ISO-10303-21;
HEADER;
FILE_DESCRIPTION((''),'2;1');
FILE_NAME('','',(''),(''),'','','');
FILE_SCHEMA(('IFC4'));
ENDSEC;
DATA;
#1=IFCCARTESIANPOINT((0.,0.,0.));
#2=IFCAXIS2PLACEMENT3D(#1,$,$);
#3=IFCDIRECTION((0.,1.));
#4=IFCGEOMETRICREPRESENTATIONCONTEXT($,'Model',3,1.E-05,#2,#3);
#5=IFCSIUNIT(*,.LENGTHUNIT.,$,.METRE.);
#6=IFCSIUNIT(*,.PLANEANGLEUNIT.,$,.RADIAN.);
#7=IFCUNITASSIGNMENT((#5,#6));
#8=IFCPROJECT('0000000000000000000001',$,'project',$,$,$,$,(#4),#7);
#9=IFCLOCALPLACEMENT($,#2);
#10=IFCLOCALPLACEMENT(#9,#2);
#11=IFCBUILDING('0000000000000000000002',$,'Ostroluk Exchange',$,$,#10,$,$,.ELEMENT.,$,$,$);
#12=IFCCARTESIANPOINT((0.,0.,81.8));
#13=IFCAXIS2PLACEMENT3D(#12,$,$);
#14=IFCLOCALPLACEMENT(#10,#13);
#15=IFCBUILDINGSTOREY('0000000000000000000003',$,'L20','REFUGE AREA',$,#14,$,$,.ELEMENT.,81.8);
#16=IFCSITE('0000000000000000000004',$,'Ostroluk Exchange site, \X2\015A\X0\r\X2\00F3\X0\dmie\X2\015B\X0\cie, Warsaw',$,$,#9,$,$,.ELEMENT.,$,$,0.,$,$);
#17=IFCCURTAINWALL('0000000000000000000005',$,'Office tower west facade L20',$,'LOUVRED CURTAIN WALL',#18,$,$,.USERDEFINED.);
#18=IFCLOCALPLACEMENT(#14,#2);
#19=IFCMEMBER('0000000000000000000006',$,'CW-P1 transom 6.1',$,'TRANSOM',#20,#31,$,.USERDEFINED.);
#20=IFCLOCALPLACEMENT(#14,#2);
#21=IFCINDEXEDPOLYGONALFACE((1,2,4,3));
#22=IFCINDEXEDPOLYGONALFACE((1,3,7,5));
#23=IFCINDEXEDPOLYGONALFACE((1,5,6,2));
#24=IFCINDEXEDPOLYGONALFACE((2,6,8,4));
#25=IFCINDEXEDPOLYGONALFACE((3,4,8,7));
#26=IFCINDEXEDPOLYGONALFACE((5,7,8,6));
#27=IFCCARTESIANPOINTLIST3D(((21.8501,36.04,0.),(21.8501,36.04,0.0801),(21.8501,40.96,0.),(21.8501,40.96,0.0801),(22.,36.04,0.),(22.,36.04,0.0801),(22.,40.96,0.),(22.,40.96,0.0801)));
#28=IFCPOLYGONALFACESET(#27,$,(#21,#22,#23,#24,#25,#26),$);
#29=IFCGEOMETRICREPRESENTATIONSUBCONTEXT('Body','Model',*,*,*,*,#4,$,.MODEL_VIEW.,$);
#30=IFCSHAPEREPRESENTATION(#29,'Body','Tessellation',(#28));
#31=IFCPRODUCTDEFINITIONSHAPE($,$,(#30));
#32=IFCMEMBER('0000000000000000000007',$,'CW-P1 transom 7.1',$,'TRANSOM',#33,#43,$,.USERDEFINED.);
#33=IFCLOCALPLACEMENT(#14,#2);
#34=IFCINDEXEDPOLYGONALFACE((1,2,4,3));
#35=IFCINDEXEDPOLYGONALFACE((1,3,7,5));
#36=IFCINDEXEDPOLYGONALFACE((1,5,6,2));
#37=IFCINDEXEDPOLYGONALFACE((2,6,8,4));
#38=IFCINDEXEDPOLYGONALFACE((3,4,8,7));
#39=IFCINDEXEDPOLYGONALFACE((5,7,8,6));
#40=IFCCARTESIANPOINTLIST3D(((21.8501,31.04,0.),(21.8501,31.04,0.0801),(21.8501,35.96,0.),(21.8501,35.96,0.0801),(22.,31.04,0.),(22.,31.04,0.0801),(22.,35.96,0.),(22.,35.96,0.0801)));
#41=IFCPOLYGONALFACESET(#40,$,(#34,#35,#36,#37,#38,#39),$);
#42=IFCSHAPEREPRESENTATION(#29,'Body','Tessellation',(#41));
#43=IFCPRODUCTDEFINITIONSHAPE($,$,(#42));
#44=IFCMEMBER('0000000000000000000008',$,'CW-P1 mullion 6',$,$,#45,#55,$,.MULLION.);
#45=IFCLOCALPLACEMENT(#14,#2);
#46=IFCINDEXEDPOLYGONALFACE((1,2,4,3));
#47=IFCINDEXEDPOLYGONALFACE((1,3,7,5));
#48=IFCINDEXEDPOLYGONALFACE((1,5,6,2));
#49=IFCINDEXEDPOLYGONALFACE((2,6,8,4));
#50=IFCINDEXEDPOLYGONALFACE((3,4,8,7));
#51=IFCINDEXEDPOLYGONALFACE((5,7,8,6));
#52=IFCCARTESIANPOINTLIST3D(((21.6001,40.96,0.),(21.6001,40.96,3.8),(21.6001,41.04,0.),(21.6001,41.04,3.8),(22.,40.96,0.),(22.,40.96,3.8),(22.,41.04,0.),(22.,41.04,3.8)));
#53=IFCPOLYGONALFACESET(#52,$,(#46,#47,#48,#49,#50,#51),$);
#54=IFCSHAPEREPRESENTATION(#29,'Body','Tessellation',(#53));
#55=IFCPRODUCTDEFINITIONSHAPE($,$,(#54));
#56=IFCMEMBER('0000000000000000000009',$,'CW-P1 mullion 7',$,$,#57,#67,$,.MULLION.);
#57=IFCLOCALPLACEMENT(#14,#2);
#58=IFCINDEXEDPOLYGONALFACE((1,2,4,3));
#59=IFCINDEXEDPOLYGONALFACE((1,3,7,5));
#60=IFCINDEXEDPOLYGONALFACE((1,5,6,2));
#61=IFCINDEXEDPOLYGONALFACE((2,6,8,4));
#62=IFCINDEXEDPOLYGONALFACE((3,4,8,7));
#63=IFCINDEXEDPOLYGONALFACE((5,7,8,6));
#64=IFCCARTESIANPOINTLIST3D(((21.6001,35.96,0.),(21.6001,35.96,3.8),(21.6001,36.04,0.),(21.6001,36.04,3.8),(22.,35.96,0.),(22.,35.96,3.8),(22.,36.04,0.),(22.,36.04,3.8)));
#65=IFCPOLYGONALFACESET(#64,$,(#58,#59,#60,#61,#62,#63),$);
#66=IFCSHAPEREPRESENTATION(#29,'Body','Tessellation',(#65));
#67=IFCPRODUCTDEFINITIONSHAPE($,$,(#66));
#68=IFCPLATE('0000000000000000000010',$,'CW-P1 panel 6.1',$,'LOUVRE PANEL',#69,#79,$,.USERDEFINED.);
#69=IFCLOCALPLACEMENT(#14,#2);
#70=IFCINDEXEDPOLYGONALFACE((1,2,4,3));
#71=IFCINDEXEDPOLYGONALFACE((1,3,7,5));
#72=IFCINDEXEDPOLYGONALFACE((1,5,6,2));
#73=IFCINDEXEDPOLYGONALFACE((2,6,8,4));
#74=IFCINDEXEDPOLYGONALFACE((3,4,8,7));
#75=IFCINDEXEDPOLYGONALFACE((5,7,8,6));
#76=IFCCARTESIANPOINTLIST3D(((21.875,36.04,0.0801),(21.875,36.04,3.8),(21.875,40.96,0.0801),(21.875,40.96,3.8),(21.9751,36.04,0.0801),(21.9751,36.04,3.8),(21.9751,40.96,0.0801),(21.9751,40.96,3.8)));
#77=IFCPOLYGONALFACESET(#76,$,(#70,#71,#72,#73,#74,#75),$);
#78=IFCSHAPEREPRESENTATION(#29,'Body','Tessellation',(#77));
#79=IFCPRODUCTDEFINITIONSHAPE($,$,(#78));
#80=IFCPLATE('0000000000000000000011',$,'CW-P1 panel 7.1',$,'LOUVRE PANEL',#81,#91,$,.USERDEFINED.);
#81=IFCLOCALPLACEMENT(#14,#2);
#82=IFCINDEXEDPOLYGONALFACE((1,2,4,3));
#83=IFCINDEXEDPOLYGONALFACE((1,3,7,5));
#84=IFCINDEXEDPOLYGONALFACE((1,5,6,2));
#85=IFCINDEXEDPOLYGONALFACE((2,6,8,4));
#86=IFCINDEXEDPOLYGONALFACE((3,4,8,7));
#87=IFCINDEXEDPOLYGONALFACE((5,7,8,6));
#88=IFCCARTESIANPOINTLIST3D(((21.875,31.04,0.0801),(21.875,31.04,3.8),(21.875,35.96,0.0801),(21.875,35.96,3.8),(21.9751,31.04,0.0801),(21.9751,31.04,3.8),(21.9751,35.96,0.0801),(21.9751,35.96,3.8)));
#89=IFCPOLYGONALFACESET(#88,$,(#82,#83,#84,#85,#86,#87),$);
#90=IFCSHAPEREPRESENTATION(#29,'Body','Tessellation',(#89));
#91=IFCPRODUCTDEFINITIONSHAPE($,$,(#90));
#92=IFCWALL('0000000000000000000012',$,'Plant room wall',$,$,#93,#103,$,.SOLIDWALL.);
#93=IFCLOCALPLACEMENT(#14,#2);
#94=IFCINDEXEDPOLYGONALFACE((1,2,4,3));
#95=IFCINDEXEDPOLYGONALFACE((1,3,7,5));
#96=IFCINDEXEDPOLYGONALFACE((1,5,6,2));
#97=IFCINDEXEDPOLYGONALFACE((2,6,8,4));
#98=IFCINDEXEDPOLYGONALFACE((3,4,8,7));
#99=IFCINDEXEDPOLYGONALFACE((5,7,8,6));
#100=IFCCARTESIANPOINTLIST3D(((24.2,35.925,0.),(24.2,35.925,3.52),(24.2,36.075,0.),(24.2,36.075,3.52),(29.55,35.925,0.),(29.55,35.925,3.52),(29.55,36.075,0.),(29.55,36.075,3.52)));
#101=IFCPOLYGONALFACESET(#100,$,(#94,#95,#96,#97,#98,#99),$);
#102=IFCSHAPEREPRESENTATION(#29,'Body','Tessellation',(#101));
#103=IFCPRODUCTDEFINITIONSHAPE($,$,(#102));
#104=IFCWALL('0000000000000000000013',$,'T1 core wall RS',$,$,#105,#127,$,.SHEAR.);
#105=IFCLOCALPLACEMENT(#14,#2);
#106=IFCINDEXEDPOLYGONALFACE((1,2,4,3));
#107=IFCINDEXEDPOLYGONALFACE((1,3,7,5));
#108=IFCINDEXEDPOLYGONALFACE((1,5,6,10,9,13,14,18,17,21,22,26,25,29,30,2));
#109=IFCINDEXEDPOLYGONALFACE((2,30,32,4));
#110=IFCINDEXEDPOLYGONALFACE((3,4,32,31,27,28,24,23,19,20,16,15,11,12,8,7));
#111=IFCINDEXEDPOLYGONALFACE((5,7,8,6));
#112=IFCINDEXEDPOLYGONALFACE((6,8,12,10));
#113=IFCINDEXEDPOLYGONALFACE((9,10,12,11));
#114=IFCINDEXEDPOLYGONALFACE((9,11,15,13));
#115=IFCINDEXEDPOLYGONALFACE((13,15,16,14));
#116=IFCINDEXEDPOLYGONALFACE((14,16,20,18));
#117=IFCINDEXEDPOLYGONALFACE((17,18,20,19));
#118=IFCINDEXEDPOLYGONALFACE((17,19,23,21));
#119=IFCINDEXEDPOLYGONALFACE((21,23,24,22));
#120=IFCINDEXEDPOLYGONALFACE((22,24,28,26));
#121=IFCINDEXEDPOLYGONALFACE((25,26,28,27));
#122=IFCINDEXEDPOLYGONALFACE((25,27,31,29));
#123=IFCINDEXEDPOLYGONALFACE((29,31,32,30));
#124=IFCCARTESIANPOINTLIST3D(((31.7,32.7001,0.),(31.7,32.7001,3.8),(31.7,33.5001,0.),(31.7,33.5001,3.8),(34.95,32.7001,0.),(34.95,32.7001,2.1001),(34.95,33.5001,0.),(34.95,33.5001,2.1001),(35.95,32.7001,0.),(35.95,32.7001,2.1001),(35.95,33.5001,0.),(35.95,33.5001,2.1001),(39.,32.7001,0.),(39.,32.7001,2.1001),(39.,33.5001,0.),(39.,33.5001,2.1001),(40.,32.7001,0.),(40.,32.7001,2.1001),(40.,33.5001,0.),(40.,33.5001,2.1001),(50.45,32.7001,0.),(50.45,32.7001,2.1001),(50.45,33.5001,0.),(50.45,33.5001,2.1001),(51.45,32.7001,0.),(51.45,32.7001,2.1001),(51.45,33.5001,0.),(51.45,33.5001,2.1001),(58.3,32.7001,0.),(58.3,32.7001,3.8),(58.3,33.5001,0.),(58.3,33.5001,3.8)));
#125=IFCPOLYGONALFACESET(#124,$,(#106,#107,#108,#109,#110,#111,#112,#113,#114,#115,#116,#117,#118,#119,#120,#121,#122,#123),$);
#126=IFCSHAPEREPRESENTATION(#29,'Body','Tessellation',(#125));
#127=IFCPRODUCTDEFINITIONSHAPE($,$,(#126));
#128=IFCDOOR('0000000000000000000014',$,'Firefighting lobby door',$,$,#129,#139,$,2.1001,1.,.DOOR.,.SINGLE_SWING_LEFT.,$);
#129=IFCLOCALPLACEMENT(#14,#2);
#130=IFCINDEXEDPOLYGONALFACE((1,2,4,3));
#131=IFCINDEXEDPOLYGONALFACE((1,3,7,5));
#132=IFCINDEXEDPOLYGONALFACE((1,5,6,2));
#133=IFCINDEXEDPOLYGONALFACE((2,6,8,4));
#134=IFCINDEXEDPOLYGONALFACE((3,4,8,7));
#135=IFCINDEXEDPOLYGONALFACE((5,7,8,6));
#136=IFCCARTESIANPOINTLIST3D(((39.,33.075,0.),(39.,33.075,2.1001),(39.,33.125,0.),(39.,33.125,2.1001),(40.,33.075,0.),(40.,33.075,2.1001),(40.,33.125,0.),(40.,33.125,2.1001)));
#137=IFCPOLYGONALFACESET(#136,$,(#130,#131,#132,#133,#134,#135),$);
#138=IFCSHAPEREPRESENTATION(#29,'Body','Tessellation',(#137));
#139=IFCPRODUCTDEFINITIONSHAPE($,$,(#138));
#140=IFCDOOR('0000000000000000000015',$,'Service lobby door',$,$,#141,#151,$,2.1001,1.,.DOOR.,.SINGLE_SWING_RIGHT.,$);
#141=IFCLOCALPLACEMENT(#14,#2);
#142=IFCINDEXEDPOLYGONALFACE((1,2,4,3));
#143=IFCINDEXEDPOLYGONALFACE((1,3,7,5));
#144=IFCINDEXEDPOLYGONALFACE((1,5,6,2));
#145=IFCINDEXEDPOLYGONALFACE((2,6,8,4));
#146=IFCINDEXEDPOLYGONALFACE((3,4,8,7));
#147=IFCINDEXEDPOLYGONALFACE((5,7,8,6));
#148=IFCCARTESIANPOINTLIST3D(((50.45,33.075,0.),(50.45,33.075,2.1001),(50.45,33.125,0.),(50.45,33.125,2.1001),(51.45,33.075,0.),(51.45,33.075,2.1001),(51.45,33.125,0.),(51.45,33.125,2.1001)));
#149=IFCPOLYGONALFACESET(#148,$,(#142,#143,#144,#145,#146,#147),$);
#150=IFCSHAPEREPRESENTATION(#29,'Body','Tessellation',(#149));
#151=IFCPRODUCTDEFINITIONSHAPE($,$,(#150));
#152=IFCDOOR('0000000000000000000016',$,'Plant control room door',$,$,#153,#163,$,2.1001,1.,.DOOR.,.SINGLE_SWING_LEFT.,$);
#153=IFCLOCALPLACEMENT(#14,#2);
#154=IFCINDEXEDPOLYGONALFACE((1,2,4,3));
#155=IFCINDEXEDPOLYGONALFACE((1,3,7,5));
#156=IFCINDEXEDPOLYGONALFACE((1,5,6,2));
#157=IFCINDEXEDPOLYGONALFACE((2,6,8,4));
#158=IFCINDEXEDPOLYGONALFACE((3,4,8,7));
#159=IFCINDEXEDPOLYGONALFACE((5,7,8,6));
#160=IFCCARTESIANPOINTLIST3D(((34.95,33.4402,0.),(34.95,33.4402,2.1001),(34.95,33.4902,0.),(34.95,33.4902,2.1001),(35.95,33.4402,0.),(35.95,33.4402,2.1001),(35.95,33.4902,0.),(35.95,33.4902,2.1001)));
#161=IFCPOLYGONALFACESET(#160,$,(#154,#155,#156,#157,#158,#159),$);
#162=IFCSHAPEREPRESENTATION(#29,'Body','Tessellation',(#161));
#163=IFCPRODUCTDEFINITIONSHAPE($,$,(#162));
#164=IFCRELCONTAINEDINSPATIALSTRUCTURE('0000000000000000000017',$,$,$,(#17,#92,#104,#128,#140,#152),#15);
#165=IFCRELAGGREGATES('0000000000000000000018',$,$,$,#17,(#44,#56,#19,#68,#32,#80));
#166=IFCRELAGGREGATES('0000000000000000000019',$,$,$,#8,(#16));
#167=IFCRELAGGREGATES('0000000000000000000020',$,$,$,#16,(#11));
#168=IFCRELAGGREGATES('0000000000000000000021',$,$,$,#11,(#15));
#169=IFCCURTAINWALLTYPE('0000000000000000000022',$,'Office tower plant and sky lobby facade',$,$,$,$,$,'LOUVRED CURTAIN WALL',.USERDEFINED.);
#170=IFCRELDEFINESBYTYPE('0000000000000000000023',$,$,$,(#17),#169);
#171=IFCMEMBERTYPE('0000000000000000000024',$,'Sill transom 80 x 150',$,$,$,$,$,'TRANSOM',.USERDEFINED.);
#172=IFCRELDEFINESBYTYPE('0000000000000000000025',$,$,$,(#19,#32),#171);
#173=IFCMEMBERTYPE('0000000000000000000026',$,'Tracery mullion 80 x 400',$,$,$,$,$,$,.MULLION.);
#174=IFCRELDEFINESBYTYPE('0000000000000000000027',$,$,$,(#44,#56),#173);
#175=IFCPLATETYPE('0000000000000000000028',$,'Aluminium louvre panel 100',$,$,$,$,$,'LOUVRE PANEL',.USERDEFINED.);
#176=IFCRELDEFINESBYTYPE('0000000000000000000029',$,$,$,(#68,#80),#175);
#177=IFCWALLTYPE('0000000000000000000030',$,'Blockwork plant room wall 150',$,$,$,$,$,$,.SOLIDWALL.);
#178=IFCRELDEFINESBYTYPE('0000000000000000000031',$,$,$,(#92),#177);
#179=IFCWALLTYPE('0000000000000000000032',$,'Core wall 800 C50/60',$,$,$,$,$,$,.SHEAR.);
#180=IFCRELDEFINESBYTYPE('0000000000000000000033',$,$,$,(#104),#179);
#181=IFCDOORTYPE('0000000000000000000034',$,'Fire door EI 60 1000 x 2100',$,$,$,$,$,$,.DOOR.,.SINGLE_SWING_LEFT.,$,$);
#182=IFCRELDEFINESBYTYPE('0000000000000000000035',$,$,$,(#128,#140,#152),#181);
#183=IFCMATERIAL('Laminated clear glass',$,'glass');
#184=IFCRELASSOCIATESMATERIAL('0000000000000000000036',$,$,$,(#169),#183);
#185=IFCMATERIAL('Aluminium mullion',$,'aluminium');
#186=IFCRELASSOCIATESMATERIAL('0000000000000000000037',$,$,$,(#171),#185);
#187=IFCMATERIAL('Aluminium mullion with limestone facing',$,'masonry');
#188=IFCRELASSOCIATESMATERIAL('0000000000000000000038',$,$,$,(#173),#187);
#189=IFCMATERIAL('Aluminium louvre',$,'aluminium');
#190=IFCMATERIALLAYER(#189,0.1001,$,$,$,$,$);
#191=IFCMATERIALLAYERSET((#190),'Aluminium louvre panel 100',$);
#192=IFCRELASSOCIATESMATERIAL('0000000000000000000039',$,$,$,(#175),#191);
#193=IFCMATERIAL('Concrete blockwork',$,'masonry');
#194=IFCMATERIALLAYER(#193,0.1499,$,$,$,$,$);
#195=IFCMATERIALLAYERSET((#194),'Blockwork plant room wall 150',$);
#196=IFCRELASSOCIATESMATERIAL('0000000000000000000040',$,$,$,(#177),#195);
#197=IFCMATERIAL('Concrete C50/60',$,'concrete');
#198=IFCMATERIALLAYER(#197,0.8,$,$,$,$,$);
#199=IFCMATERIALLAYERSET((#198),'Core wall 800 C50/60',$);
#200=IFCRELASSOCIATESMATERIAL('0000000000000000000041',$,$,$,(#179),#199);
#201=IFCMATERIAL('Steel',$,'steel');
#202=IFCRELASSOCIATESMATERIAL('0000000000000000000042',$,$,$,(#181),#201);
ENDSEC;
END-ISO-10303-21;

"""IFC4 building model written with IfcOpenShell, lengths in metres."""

from ifc_helpers import new_model, si_unit, direction, frame, frame_2d, origin, origin_2d, place, context, subcontext, project, spatial, rectangle, extrude, material, layer, layer_set, material_profile, profile_set, type_object, element, fill, aggregate, save


model = new_model("IFC4")

# Units and contexts
model_context = context("Model", 3, precision=1e-05, world=origin(), true_north=direction((0.0, 1.0)))
body_context = subcontext(model_context, "Body", "Model", "MODEL_VIEW")
ifc_project = project(units=[si_unit("LENGTHUNIT", "METRE"), si_unit("PLANEANGLEUNIT", "RADIAN")], contexts=[model_context])

# Site, building, storey
site_placement = place(None, origin())
site = spatial("IfcSite", under=ifc_project, at=site_placement, Name="Ostroluk Exchange site, Śródmieście, Warsaw", CompositionType="ELEMENT", RefElevation=0.0)
building_placement = place(site_placement, origin())
building = spatial("IfcBuilding", under=site, at=building_placement, Name="Ostroluk Exchange", CompositionType="ELEMENT")
storey_placement = place(building_placement, frame((0.0, 0.0, 81.8)))
storey = spatial("IfcBuildingStorey", under=building, at=storey_placement, Name="L20", Description="REFUGE AREA", CompositionType="ELEMENT", Elevation=81.8)

# Curtain wall, members, plates
ifc_material_1 = material(Name="Laminated clear glass", Category="glass")
curtain_wall_type = type_object("IfcCurtainWallType", Name="Office tower plant and sky lobby facade", ElementType="LOUVRED CURTAIN WALL", PredefinedType="USERDEFINED", material=ifc_material_1)
curtain_wall_placement = place(storey_placement, origin())
curtain_wall = element("IfcCurtainWall", 1, at=curtain_wall_placement, inside=storey, type_object=curtain_wall_type, Name="Office tower west facade L20", ObjectType="LOUVRED CURTAIN WALL", PredefinedType="USERDEFINED")
ifc_material_2 = material(Name="Aluminium mullion", Category="aluminium")
ifc_material_profile_1 = material_profile(ifc_material_2, rectangle(XDim=0.1499, YDim=0.0801, at=origin_2d()), Name="Sill transom 80 x 150")
ifc_profile_set_1 = profile_set([ifc_material_profile_1], Name="Aluminium mullion")
member_type_1 = type_object("IfcMemberType", Name="Sill transom 80 x 150", ElementType="TRANSOM", PredefinedType="USERDEFINED", material=ifc_profile_set_1)
member_1_placement = place(storey_placement, frame((21.925, 40.96, 0.04), z_axis=(0.0, -1.0, 0.0), x_axis=(1.0, 0.0, 0.0)))
member_1 = element("IfcMember", 2, at=member_1_placement, type_object=member_type_1, Name="CW-P1 transom 6.1", ObjectType="TRANSOM", PredefinedType="USERDEFINED", context=body_context, shape_type="SweptSolid", body=[
    extrude(rectangle(XDim=0.1499, YDim=0.0801, at=origin_2d()), origin(), (0.0, 0.0, 1.0), 4.9199),
])
member_2_placement = place(storey_placement, frame((21.925, 35.96, 0.04), z_axis=(0.0, -1.0, 0.0), x_axis=(1.0, 0.0, 0.0)))
member_2 = element("IfcMember", 3, at=member_2_placement, type_object=member_type_1, Name="CW-P1 transom 7.1", ObjectType="TRANSOM", PredefinedType="USERDEFINED", context=body_context, shape_type="SweptSolid", body=[
    extrude(rectangle(XDim=0.1499, YDim=0.0801, at=origin_2d()), origin(), (0.0, 0.0, 1.0), 4.9199),
])
ifc_material_3 = material(Name="Aluminium mullion with limestone facing", Category="masonry")
ifc_material_profile_2 = material_profile(ifc_material_3, rectangle(XDim=0.3999, YDim=0.0801, at=origin_2d()), Name="Tracery mullion 80 x 400")
ifc_profile_set_2 = profile_set([ifc_material_profile_2], Name="Aluminium mullion with limestone facing")
member_type_2 = type_object("IfcMemberType", Name="Tracery mullion 80 x 400", PredefinedType="MULLION", material=ifc_profile_set_2)
member_3_placement = place(storey_placement, frame((21.8, 41.0, 0.0), z_axis=(0.0, 0.0, 1.0), x_axis=(1.0, 0.0, 0.0)))
member_3 = element("IfcMember", 4, at=member_3_placement, type_object=member_type_2, Name="CW-P1 mullion 6", PredefinedType="MULLION", context=body_context, shape_type="SweptSolid", body=[
    extrude(rectangle(XDim=0.3999, YDim=0.0801, at=origin_2d()), origin(), (0.0, 0.0, 1.0), 3.8),
])
member_4_placement = place(storey_placement, frame((21.8, 36.0, 0.0), z_axis=(0.0, 0.0, 1.0), x_axis=(1.0, 0.0, 0.0)))
member_4 = element("IfcMember", 5, at=member_4_placement, type_object=member_type_2, Name="CW-P1 mullion 7", PredefinedType="MULLION", context=body_context, shape_type="SweptSolid", body=[
    extrude(rectangle(XDim=0.3999, YDim=0.0801, at=origin_2d()), origin(), (0.0, 0.0, 1.0), 3.8),
])
ifc_material_4 = material(Name="Aluminium louvre", Category="aluminium")
ifc_layer_1 = layer(ifc_material_4, 0.1001)
ifc_layer_set_1 = layer_set([ifc_layer_1], Name="Aluminium louvre panel 100")
plate_type = type_object("IfcPlateType", Name="Aluminium louvre panel 100", ElementType="LOUVRE PANEL", PredefinedType="USERDEFINED", material=ifc_layer_set_1)
plate_1_placement = place(storey_placement, frame((21.925, 38.5, 0.0801), z_axis=(0.0, 0.0, 1.0), x_axis=(0.0, -1.0, 0.0)))
plate_1 = element("IfcPlate", 6, at=plate_1_placement, type_object=plate_type, Name="CW-P1 panel 6.1", ObjectType="LOUVRE PANEL", PredefinedType="USERDEFINED", context=body_context, shape_type="SweptSolid", body=[
    extrude(rectangle(XDim=4.9199, YDim=0.1001, at=origin_2d()), origin(), (0.0, 0.0, 1.0), 3.72),
])
plate_2_placement = place(storey_placement, frame((21.925, 33.5, 0.0801), z_axis=(0.0, 0.0, 1.0), x_axis=(0.0, -1.0, 0.0)))
plate_2 = element("IfcPlate", 7, at=plate_2_placement, type_object=plate_type, Name="CW-P1 panel 7.1", ObjectType="LOUVRE PANEL", PredefinedType="USERDEFINED", context=body_context, shape_type="SweptSolid", body=[
    extrude(rectangle(XDim=4.9199, YDim=0.1001, at=origin_2d()), origin(), (0.0, 0.0, 1.0), 3.72),
])
aggregate(curtain_wall, [member_3, member_4, member_1, plate_1, member_2, plate_2])

# Wall
ifc_material_5 = material(Name="Concrete blockwork", Category="masonry")
ifc_layer_2 = layer(ifc_material_5, 0.1499)
ifc_layer_set_2 = layer_set([ifc_layer_2], Name="Blockwork plant room wall 150")
wall_type_1 = type_object("IfcWallType", Name="Blockwork plant room wall 150", PredefinedType="SOLIDWALL", material=ifc_layer_set_2)
wall_1_placement = place(storey_placement, frame((29.55, 36.0, 0.0), z_axis=(0.0, 0.0, 1.0), x_axis=(-1.0, 0.0, 0.0)))
element("IfcWall", 8, at=wall_1_placement, inside=storey, type_object=wall_type_1, Name="Plant room wall", PredefinedType="SOLIDWALL", context=body_context, shape_type="SweptSolid", body=[
    extrude(rectangle(XDim=5.3501, YDim=0.1499, at=frame_2d((2.675, 0.0))), origin(), (0.0, 0.0, 1.0), 3.52),
])

# Wall, openings, doors
ifc_material_6 = material(Name="Concrete C50/60", Category="concrete")
ifc_layer_3 = layer(ifc_material_6, 0.8)
ifc_layer_set_3 = layer_set([ifc_layer_3], Name="Core wall 800 C50/60")
wall_type_2 = type_object("IfcWallType", Name="Core wall 800 C50/60", PredefinedType="SHEAR", material=ifc_layer_set_3)
wall_2_placement = place(storey_placement, frame((31.7, 33.1001, 0.0), z_axis=(0.0, 0.0, 1.0), x_axis=(1.0, 0.0, 0.0)))
wall_2 = element("IfcWall", 9, at=wall_2_placement, inside=storey, type_object=wall_type_2, Name="T1 core wall RS", PredefinedType="SHEAR", context=body_context, shape_type="SweptSolid", body=[
    extrude(rectangle(XDim=26.6001, YDim=0.8, at=frame_2d((13.3, 0.0))), origin(), (0.0, 0.0, 1.0), 3.8),
])
opening_1_placement = place(wall_2_placement, frame((7.3, 0.0, 0.0)))
opening_1 = element("IfcOpeningElement", 10, at=opening_1_placement, cuts=wall_2, PredefinedType="OPENING", context=body_context, shape_type="SweptSolid", body=[
    extrude(rectangle(XDim=1.0, YDim=2.1001, at=frame_2d((0.5, 1.05))), frame((0.0, 0.4099, 0.0), z_axis=(0.0, -1.0, 0.0), x_axis=(1.0, 0.0, 0.0)), (0.0, 0.0, 1.0), 0.8201),
])
opening_2_placement = place(wall_2_placement, frame((18.75, 0.0, 0.0)))
opening_2 = element("IfcOpeningElement", 11, at=opening_2_placement, cuts=wall_2, PredefinedType="OPENING", context=body_context, shape_type="SweptSolid", body=[
    extrude(rectangle(XDim=1.0, YDim=2.1001, at=frame_2d((0.5, 1.05))), frame((0.0, 0.4099, 0.0), z_axis=(0.0, -1.0, 0.0), x_axis=(1.0, 0.0, 0.0)), (0.0, 0.0, 1.0), 0.8201),
])
opening_3_placement = place(wall_2_placement, frame((3.25, 0.0, 0.0)))
opening_3 = element("IfcOpeningElement", 12, at=opening_3_placement, cuts=wall_2, PredefinedType="OPENING", context=body_context, shape_type="SweptSolid", body=[
    extrude(rectangle(XDim=1.0, YDim=2.1001, at=frame_2d((0.5, 1.05))), frame((0.0, 0.4099, 0.0), z_axis=(0.0, -1.0, 0.0), x_axis=(1.0, 0.0, 0.0)), (0.0, 0.0, 1.0), 0.8201),
])
ifc_material_7 = material(Name="Steel", Category="steel")
door_type = type_object("IfcDoorType", Name="Fire door EI 60 1000 x 2100", OperationType="SINGLE_SWING_LEFT", PredefinedType="DOOR", material=ifc_material_7)
door_1_placement = place(opening_1_placement, origin())
door_1 = element("IfcDoor", 13, at=door_1_placement, inside=storey, type_object=door_type, Name="Firefighting lobby door", OperationType="SINGLE_SWING_LEFT", OverallHeight=2.1001, OverallWidth=1.0, PredefinedType="DOOR", context=body_context, shape_type="SweptSolid", body=[
    extrude(rectangle(XDim=1.0, YDim=2.1001, at=frame_2d((0.5, 1.05))), frame((0.0, 0.0249, 0.0), z_axis=(0.0, -1.0, 0.0), x_axis=(1.0, 0.0, 0.0)), (0.0, 0.0, 1.0), 0.05),
])
fill(opening_1, door_1)
door_2_placement = place(opening_2_placement, origin())
door_2 = element("IfcDoor", 14, at=door_2_placement, inside=storey, type_object=door_type, Name="Service lobby door", OperationType="SINGLE_SWING_RIGHT", OverallHeight=2.1001, OverallWidth=1.0, PredefinedType="DOOR", context=body_context, shape_type="SweptSolid", body=[
    extrude(rectangle(XDim=1.0, YDim=2.1001, at=frame_2d((0.5, 1.05))), frame((0.0, 0.0249, 0.0), z_axis=(0.0, -1.0, 0.0), x_axis=(1.0, 0.0, 0.0)), (0.0, 0.0, 1.0), 0.05),
])
fill(opening_2, door_2)
door_3_placement = place(opening_3_placement, origin())
door_3 = element("IfcDoor", 15, at=door_3_placement, inside=storey, type_object=door_type, Name="Plant control room door", OperationType="SINGLE_SWING_LEFT", OverallHeight=2.1001, OverallWidth=1.0, PredefinedType="DOOR", context=body_context, shape_type="SweptSolid", body=[
    extrude(rectangle(XDim=1.0, YDim=2.1001, at=frame_2d((0.5, 1.05))), frame((0.0, 0.3901, 0.0), z_axis=(0.0, -1.0, 0.0), x_axis=(1.0, 0.0, 0.0)), (0.0, 0.0, 1.0), 0.05),
])
fill(opening_3, door_3)

save(model, "model.ifc")
